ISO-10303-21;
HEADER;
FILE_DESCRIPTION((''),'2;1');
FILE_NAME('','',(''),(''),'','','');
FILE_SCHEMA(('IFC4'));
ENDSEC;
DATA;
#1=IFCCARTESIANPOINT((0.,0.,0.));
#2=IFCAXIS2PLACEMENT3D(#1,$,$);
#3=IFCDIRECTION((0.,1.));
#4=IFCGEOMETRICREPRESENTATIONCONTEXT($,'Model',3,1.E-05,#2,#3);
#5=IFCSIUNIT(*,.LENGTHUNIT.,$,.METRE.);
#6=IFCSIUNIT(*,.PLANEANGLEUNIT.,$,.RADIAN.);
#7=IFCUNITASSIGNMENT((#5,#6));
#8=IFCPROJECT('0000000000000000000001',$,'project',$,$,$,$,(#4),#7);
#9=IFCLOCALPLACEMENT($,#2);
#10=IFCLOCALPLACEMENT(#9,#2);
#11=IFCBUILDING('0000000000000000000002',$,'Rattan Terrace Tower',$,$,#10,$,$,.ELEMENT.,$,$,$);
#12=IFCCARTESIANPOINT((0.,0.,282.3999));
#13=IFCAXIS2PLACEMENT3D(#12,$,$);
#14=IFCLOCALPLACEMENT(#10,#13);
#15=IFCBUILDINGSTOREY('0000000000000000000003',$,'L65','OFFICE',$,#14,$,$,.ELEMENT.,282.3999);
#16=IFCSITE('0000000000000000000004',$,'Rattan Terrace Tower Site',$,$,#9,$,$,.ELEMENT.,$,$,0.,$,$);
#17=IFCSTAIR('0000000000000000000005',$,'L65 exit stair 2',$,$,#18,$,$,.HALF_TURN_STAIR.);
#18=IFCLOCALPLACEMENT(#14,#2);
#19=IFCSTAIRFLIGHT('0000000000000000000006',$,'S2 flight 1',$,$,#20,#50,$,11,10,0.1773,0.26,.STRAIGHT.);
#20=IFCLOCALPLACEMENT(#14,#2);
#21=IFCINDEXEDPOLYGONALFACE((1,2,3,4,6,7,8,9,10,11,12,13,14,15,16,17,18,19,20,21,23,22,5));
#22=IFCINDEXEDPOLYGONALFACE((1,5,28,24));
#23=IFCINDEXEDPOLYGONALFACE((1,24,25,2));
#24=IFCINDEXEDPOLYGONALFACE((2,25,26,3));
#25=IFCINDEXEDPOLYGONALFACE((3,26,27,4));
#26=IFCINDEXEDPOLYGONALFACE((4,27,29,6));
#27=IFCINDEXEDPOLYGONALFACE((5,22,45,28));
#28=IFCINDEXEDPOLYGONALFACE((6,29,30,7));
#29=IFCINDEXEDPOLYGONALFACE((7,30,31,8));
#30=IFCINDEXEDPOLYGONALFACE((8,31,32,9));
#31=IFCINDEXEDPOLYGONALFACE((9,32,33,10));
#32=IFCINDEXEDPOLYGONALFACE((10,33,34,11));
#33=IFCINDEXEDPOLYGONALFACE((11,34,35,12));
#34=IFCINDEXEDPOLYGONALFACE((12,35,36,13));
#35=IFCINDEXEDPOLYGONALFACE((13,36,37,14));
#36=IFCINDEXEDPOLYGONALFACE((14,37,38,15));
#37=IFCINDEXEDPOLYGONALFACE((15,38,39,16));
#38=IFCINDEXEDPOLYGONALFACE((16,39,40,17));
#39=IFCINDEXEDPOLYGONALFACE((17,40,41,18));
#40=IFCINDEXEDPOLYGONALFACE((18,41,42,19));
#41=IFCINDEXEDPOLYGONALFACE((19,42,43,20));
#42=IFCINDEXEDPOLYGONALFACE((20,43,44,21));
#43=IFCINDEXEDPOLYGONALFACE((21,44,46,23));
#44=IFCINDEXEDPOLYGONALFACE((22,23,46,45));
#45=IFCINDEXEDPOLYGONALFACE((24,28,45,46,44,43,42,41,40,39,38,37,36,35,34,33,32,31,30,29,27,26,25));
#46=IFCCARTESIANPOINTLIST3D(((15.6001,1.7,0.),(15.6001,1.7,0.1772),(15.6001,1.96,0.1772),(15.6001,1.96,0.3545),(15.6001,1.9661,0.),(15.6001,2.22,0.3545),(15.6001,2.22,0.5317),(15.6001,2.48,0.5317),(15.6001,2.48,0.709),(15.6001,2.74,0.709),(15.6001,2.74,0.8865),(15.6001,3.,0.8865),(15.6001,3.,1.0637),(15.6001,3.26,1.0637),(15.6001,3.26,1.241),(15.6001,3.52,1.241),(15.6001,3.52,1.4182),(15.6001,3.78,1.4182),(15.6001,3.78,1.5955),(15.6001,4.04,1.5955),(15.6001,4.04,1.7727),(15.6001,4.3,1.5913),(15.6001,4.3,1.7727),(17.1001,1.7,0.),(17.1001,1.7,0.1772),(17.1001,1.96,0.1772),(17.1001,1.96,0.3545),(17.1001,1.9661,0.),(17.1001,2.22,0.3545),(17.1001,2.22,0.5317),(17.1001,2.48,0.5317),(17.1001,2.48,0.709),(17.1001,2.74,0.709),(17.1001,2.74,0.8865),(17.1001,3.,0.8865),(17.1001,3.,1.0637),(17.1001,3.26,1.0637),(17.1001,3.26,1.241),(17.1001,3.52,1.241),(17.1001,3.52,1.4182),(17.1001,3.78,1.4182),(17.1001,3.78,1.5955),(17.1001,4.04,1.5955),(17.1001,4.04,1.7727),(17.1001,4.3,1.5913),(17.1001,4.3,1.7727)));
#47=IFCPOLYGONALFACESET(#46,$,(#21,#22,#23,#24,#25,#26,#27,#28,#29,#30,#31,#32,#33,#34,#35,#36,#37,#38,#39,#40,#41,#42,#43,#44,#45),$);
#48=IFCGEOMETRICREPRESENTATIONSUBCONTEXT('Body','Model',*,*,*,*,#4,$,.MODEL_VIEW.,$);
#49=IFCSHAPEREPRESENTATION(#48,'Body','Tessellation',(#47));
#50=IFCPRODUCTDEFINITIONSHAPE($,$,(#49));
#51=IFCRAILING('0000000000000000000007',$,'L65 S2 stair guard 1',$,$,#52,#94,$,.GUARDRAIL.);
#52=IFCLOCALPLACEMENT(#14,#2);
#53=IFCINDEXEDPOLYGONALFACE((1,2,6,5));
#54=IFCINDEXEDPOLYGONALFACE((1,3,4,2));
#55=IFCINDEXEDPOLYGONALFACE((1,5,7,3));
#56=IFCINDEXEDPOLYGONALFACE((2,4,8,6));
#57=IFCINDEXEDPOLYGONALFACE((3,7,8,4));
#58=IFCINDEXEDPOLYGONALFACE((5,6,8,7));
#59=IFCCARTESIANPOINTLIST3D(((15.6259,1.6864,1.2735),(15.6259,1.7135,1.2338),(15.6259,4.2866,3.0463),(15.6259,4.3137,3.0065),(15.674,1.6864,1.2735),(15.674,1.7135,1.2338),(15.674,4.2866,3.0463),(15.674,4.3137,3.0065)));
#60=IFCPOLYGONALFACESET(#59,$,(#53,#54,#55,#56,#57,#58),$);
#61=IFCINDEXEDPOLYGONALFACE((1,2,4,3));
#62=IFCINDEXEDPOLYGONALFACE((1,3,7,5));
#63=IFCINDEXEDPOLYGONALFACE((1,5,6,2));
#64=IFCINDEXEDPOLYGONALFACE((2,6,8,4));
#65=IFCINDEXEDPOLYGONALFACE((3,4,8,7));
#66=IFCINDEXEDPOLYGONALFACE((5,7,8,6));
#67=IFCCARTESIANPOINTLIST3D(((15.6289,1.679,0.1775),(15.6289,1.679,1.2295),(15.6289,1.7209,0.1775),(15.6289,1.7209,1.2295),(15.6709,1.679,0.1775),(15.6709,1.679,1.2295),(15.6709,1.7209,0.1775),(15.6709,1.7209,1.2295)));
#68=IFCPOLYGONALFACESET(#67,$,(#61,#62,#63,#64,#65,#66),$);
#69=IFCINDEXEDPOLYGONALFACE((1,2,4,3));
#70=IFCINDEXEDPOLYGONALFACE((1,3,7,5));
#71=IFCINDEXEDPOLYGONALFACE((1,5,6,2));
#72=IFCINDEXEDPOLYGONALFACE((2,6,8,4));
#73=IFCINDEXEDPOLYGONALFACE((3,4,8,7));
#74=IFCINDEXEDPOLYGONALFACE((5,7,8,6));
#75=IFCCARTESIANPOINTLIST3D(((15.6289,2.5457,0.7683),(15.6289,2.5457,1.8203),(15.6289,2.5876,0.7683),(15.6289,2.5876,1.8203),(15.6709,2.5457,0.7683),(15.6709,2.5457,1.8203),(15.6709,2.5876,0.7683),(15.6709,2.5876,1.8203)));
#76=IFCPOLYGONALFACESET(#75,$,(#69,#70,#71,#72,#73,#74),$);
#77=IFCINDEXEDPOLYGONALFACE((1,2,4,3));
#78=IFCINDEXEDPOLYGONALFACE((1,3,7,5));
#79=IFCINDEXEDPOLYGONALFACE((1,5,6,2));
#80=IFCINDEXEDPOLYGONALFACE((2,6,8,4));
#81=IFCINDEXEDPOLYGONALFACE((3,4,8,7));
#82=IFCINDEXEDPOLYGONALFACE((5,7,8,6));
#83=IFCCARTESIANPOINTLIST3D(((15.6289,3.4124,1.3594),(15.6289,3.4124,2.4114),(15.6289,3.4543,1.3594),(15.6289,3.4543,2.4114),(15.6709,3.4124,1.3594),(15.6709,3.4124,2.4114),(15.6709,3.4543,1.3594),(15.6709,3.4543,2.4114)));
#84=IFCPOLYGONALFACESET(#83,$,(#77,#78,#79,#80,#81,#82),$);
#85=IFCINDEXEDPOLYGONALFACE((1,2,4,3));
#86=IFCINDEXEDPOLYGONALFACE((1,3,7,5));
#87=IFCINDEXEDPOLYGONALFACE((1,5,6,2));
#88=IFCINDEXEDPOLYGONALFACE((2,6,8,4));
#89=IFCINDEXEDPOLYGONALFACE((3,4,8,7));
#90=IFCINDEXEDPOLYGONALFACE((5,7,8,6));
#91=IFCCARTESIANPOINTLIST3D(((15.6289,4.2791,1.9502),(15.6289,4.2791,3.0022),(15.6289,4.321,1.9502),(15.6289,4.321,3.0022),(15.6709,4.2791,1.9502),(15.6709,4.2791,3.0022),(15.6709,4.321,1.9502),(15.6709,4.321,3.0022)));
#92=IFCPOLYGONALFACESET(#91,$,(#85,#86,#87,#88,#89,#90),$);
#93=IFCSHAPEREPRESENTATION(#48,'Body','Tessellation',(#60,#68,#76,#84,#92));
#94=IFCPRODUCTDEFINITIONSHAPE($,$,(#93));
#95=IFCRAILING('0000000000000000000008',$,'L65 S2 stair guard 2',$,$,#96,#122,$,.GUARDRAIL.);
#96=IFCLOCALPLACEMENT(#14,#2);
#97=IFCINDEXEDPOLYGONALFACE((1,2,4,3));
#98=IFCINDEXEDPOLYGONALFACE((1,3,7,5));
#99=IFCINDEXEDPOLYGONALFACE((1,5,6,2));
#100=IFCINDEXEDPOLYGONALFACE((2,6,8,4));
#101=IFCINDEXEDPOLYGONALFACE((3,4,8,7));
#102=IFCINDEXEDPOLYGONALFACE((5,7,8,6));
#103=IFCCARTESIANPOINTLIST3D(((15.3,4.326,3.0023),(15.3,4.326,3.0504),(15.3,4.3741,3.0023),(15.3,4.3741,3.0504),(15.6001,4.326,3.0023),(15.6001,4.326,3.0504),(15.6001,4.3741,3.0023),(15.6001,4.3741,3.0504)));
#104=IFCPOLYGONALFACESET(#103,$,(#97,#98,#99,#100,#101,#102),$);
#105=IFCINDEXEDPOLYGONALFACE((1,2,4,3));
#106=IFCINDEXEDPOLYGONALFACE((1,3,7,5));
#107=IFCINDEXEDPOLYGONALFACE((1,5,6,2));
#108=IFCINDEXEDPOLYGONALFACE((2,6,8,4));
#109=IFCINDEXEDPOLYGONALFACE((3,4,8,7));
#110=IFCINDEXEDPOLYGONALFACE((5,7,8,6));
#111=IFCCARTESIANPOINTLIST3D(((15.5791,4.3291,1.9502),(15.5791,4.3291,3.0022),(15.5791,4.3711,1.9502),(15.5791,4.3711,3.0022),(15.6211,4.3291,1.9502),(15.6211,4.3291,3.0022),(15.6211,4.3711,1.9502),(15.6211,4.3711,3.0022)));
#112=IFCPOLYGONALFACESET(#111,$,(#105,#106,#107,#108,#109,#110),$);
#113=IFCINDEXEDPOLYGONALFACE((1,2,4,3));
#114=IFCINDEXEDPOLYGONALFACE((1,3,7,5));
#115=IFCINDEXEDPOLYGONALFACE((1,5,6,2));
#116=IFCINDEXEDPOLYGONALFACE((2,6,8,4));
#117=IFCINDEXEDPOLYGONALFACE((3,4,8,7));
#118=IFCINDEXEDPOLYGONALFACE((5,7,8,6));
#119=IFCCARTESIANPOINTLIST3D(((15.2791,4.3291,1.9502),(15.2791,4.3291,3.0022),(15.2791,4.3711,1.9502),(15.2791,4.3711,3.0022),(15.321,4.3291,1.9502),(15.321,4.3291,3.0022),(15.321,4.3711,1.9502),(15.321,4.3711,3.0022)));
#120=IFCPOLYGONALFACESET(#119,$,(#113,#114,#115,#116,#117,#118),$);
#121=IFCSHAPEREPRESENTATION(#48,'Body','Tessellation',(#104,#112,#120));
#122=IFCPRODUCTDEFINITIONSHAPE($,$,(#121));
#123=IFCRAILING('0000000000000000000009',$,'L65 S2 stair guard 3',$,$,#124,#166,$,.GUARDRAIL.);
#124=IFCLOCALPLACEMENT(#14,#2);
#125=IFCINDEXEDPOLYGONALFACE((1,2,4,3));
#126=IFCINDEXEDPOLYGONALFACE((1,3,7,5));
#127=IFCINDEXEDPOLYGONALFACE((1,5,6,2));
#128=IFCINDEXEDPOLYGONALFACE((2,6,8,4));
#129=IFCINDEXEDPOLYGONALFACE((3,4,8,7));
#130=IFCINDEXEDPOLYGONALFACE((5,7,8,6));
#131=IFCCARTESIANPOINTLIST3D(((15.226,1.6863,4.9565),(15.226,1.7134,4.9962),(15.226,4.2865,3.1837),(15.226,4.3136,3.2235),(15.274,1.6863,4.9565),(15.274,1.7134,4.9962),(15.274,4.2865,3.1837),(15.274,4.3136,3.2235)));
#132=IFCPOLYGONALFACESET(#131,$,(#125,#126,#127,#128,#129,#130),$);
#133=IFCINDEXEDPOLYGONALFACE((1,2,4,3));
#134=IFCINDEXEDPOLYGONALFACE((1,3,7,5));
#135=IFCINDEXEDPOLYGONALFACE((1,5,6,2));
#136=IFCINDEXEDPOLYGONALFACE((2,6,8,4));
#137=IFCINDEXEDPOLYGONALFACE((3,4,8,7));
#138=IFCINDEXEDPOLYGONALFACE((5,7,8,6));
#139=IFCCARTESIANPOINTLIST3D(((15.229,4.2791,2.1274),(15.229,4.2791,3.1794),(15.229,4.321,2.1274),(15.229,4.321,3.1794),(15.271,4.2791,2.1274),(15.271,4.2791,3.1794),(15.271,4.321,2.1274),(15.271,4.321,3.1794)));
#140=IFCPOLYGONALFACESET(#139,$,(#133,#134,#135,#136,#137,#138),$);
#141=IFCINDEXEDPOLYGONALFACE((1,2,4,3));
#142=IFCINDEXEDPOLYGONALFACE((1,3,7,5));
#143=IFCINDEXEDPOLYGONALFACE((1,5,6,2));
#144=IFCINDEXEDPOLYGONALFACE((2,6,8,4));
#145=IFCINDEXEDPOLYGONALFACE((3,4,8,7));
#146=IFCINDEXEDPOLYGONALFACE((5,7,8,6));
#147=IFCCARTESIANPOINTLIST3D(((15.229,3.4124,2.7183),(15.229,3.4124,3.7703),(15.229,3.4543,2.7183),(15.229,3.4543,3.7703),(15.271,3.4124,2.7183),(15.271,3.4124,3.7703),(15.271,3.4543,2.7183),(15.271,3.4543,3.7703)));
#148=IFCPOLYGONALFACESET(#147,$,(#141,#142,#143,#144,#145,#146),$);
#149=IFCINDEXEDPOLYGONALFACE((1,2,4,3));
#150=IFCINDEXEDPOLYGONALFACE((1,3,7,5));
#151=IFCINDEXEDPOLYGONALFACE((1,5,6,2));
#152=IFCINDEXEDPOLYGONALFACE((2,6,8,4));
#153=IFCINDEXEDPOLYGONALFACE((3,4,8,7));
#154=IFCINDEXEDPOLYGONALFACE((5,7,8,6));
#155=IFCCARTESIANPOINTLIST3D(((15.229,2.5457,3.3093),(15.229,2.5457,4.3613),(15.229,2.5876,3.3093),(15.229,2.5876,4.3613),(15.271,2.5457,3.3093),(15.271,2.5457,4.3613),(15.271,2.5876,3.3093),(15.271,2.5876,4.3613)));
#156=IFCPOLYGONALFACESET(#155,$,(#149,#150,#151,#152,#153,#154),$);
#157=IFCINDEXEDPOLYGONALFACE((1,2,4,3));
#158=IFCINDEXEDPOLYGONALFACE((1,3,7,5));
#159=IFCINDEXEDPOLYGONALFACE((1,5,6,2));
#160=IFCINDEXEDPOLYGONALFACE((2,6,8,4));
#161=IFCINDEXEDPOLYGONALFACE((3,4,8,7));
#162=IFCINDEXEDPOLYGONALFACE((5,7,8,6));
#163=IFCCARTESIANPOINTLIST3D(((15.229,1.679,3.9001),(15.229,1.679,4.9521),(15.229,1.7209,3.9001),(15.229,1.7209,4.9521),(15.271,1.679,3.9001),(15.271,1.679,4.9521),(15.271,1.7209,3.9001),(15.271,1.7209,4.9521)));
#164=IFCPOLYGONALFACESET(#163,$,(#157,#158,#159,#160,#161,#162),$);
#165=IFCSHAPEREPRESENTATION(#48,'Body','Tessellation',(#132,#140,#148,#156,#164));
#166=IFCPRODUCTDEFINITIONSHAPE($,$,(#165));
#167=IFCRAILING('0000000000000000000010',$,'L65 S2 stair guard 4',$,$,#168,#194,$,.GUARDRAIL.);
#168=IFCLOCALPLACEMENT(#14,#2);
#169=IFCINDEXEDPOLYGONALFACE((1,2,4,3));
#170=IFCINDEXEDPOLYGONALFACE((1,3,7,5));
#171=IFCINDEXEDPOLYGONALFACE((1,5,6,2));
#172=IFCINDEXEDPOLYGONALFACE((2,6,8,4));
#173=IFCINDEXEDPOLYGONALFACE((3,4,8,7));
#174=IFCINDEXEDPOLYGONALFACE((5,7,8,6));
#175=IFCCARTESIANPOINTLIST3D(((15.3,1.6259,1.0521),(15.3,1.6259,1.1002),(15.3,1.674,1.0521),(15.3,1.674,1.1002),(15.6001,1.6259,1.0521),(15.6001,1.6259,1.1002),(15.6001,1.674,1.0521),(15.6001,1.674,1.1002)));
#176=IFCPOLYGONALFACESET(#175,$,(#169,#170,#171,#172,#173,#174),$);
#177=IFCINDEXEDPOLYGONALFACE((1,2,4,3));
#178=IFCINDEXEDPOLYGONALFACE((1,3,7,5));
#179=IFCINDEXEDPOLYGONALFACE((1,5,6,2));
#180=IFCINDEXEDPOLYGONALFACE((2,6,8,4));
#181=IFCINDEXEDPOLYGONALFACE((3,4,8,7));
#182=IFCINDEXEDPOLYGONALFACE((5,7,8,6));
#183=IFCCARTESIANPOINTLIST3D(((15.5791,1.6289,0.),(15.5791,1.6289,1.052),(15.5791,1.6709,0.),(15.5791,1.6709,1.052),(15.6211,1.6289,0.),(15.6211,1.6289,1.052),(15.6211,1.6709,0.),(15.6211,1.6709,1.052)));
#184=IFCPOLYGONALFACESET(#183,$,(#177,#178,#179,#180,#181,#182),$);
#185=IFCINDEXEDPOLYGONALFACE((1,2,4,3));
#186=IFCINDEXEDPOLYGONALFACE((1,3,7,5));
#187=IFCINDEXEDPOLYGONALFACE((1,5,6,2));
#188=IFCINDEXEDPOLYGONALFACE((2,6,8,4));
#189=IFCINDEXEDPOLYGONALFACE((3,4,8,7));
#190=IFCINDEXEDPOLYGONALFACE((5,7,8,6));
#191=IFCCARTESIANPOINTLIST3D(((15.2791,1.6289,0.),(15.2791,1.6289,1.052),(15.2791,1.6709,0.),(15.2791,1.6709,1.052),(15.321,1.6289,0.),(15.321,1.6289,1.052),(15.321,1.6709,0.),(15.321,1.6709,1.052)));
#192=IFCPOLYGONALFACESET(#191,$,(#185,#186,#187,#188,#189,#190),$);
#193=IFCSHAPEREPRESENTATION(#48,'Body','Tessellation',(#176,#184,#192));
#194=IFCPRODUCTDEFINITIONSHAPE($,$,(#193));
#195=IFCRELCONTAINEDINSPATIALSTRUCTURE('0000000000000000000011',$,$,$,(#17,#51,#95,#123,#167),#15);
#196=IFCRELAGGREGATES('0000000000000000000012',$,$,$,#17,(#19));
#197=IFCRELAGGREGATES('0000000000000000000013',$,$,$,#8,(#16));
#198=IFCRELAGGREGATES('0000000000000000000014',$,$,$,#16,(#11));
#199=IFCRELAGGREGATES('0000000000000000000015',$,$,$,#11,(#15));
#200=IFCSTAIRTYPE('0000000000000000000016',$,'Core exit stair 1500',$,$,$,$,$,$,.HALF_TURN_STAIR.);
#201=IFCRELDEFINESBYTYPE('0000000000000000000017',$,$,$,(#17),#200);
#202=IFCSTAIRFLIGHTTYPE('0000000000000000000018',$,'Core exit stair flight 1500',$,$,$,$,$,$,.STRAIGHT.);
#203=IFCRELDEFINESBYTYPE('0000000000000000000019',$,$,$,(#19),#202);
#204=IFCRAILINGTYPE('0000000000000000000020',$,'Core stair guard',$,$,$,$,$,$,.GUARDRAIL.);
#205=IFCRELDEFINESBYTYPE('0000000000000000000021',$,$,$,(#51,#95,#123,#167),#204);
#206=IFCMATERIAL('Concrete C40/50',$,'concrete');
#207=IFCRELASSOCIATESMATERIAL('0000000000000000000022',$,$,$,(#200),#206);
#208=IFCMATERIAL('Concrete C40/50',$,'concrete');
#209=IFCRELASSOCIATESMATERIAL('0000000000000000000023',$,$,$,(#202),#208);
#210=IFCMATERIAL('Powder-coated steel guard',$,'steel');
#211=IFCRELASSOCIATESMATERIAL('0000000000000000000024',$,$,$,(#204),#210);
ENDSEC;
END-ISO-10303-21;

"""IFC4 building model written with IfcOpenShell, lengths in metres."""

from ifc_helpers import new_model, si_unit, direction, frame, origin, origin_2d, place, context, subcontext, project, spatial, polyline, rectangle, outline, extrude, material, type_object, element, aggregate, save


model = new_model("IFC4")

# Units and contexts
model_context = context("Model", 3, precision=1e-05, world=origin(), true_north=direction((0.0, 1.0)))
body_context = subcontext(model_context, "Body", "Model", "MODEL_VIEW")
ifc_project = project(units=[si_unit("LENGTHUNIT", "METRE"), si_unit("PLANEANGLEUNIT", "RADIAN")], contexts=[model_context])

# Site, building, storey
site_placement = place(None, origin())
site = spatial("IfcSite", under=ifc_project, at=site_placement, Name="Rattan Terrace Tower Site", CompositionType="ELEMENT", RefElevation=0.0)
building_placement = place(site_placement, origin())
building = spatial("IfcBuilding", under=site, at=building_placement, Name="Rattan Terrace Tower", CompositionType="ELEMENT")
storey_placement = place(building_placement, frame((0.0, 0.0, 282.3999)))
storey = spatial("IfcBuildingStorey", under=building, at=storey_placement, Name="L65", Description="OFFICE", CompositionType="ELEMENT", Elevation=282.3999)

# Stair, stair flight
ifc_material_1 = material(Name="Concrete C40/50", Category="concrete")
stair_type = type_object("IfcStairType", Name="Core exit stair 1500", PredefinedType="HALF_TURN_STAIR", material=ifc_material_1)
stair_placement = place(storey_placement, origin())
stair = element("IfcStair", 1, at=stair_placement, inside=storey, type_object=stair_type, Name="L65 exit stair 2", PredefinedType="HALF_TURN_STAIR")
ifc_material_2 = material(Name="Concrete C40/50", Category="concrete")
stair_flight_type = type_object("IfcStairFlightType", Name="Core exit stair flight 1500", PredefinedType="STRAIGHT", material=ifc_material_2)
stair_flight_placement = place(storey_placement, frame((16.3501, 1.7, 0.0), z_axis=(0.0, 0.0, 1.0), x_axis=(0.0, 1.0, 0.0)))
stair_flight = element("IfcStairFlight", 2, at=stair_flight_placement, type_object=stair_flight_type, Name="S2 flight 1", NumberOfRisers=11, NumberOfTreads=10, PredefinedType="STRAIGHT", RiserHeight=0.1773, TreadLength=0.26, context=body_context, shape_type="SweptSolid", body=[
    extrude(outline(polyline([(0.0, 0.0), (0.0, 0.1772), (0.26, 0.1772), (0.26, 0.3545), (0.52, 0.3545), (0.52, 0.5317), (0.78, 0.5317), (0.78, 0.709), (1.04, 0.709), (1.04, 0.8865), (1.3, 0.8865), (1.3, 1.0637), (1.5601, 1.0637), (1.5601, 1.241), (1.8201, 1.241), (1.8201, 1.4182), (2.0801, 1.4182), (2.0801, 1.5955), (2.3401, 1.5955), (2.3401, 1.7727), (2.6001, 1.7727), (2.6001, 1.95), (2.6001, 1.5913), (0.2661, 0.0), (0.0, 0.0)])), frame((0.0, 0.75, 0.0), z_axis=(0.0, -1.0, 0.0), x_axis=(1.0, 0.0, 0.0)), (0.0, 0.0, 1.0), 1.5),
])
aggregate(stair, [stair_flight])

# Railings
ifc_material_3 = material(Name="Powder-coated steel guard", Category="steel")
railing_type_1 = type_object("IfcRailingType", Name="Core stair guard", PredefinedType="GUARDRAIL", material=ifc_material_3)
railing_1_placement = place(storey_placement, frame((15.6499, 1.7, 0.1775)))
element("IfcRailing", 3, at=railing_1_placement, inside=storey, type_object=railing_type_1, Name="L65 S2 stair guard 1", PredefinedType="GUARDRAIL", context=body_context, shape_type="SweptSolid", body=[
    extrude(rectangle(XDim=0.0481, YDim=0.0481, at=origin_2d()), frame((0.0, 0.0, 1.0762), z_axis=(0.0, 0.82624, 0.563318), x_axis=(-1.0, 0.0, 0.0)), (0.0, 0.0, 1.0), 3.147),
    extrude(rectangle(XDim=0.042, YDim=0.042, at=origin_2d()), origin(), (0.0, 0.0, 1.0), 1.052),
    extrude(rectangle(XDim=0.042, YDim=0.042, at=origin_2d()), frame((0.0, 0.8667, 0.5908)), (0.0, 0.0, 1.0), 1.052),
    extrude(rectangle(XDim=0.042, YDim=0.042, at=origin_2d()), frame((0.0, 1.7334, 1.1819)), (0.0, 0.0, 1.0), 1.052),
    extrude(rectangle(XDim=0.042, YDim=0.042, at=origin_2d()), frame((0.0, 2.6001, 1.7727)), (0.0, 0.0, 1.0), 1.052),
])
railing_2_placement = place(storey_placement, frame((15.6001, 4.3501, 1.9502)))
element("IfcRailing", 4, at=railing_2_placement, inside=storey, type_object=railing_type_1, Name="L65 S2 stair guard 2", PredefinedType="GUARDRAIL", context=body_context, shape_type="SweptSolid", body=[
    extrude(rectangle(XDim=0.0481, YDim=0.0481, at=origin_2d()), frame((0.0, 0.0, 1.0762), z_axis=(-1.0, 0.0, 0.0), x_axis=(0.0, -1.0, 0.0)), (0.0, 0.0, 1.0), 0.3),
    extrude(rectangle(XDim=0.042, YDim=0.042, at=origin_2d()), origin(), (0.0, 0.0, 1.0), 1.052),
    extrude(rectangle(XDim=0.042, YDim=0.042, at=origin_2d()), frame((-0.3, 0.0, 0.0)), (0.0, 0.0, 1.0), 1.052),
])
railing_3_placement = place(storey_placement, frame((15.25, 4.3, 2.1274)))
element("IfcRailing", 5, at=railing_3_placement, inside=storey, type_object=railing_type_1, Name="L65 S2 stair guard 3", PredefinedType="GUARDRAIL", context=body_context, shape_type="SweptSolid", body=[
    extrude(rectangle(XDim=0.0481, YDim=0.0481, at=origin_2d()), frame((0.0, 0.0, 1.0762), z_axis=(0.0, -0.82624, 0.563318), x_axis=(1.0, 0.0, 0.0)), (0.0, 0.0, 1.0), 3.147),
    extrude(rectangle(XDim=0.042, YDim=0.042, at=origin_2d()), origin(), (0.0, 0.0, 1.0), 1.052),
    extrude(rectangle(XDim=0.042, YDim=0.042, at=origin_2d()), frame((0.0, -0.8667, 0.5908)), (0.0, 0.0, 1.0), 1.052),
    extrude(rectangle(XDim=0.042, YDim=0.042, at=origin_2d()), frame((0.0, -1.7334, 1.1819)), (0.0, 0.0, 1.0), 1.052),
    extrude(rectangle(XDim=0.042, YDim=0.042, at=origin_2d()), frame((0.0, -2.6001, 1.7727)), (0.0, 0.0, 1.0), 1.052),
])
railing_4_placement = place(storey_placement, frame((15.6001, 1.6499, 0.0)))
element("IfcRailing", 6, at=railing_4_placement, inside=storey, type_object=railing_type_1, Name="L65 S2 stair guard 4", PredefinedType="GUARDRAIL", context=body_context, shape_type="SweptSolid", body=[
    extrude(rectangle(XDim=0.0481, YDim=0.0481, at=origin_2d()), frame((0.0, 0.0, 1.0762), z_axis=(-1.0, 0.0, 0.0), x_axis=(0.0, -1.0, 0.0)), (0.0, 0.0, 1.0), 0.3),
    extrude(rectangle(XDim=0.042, YDim=0.042, at=origin_2d()), origin(), (0.0, 0.0, 1.0), 1.052),
    extrude(rectangle(XDim=0.042, YDim=0.042, at=origin_2d()), frame((-0.3, 0.0, 0.0)), (0.0, 0.0, 1.0), 1.052),
])

save(model, "model.ifc")
